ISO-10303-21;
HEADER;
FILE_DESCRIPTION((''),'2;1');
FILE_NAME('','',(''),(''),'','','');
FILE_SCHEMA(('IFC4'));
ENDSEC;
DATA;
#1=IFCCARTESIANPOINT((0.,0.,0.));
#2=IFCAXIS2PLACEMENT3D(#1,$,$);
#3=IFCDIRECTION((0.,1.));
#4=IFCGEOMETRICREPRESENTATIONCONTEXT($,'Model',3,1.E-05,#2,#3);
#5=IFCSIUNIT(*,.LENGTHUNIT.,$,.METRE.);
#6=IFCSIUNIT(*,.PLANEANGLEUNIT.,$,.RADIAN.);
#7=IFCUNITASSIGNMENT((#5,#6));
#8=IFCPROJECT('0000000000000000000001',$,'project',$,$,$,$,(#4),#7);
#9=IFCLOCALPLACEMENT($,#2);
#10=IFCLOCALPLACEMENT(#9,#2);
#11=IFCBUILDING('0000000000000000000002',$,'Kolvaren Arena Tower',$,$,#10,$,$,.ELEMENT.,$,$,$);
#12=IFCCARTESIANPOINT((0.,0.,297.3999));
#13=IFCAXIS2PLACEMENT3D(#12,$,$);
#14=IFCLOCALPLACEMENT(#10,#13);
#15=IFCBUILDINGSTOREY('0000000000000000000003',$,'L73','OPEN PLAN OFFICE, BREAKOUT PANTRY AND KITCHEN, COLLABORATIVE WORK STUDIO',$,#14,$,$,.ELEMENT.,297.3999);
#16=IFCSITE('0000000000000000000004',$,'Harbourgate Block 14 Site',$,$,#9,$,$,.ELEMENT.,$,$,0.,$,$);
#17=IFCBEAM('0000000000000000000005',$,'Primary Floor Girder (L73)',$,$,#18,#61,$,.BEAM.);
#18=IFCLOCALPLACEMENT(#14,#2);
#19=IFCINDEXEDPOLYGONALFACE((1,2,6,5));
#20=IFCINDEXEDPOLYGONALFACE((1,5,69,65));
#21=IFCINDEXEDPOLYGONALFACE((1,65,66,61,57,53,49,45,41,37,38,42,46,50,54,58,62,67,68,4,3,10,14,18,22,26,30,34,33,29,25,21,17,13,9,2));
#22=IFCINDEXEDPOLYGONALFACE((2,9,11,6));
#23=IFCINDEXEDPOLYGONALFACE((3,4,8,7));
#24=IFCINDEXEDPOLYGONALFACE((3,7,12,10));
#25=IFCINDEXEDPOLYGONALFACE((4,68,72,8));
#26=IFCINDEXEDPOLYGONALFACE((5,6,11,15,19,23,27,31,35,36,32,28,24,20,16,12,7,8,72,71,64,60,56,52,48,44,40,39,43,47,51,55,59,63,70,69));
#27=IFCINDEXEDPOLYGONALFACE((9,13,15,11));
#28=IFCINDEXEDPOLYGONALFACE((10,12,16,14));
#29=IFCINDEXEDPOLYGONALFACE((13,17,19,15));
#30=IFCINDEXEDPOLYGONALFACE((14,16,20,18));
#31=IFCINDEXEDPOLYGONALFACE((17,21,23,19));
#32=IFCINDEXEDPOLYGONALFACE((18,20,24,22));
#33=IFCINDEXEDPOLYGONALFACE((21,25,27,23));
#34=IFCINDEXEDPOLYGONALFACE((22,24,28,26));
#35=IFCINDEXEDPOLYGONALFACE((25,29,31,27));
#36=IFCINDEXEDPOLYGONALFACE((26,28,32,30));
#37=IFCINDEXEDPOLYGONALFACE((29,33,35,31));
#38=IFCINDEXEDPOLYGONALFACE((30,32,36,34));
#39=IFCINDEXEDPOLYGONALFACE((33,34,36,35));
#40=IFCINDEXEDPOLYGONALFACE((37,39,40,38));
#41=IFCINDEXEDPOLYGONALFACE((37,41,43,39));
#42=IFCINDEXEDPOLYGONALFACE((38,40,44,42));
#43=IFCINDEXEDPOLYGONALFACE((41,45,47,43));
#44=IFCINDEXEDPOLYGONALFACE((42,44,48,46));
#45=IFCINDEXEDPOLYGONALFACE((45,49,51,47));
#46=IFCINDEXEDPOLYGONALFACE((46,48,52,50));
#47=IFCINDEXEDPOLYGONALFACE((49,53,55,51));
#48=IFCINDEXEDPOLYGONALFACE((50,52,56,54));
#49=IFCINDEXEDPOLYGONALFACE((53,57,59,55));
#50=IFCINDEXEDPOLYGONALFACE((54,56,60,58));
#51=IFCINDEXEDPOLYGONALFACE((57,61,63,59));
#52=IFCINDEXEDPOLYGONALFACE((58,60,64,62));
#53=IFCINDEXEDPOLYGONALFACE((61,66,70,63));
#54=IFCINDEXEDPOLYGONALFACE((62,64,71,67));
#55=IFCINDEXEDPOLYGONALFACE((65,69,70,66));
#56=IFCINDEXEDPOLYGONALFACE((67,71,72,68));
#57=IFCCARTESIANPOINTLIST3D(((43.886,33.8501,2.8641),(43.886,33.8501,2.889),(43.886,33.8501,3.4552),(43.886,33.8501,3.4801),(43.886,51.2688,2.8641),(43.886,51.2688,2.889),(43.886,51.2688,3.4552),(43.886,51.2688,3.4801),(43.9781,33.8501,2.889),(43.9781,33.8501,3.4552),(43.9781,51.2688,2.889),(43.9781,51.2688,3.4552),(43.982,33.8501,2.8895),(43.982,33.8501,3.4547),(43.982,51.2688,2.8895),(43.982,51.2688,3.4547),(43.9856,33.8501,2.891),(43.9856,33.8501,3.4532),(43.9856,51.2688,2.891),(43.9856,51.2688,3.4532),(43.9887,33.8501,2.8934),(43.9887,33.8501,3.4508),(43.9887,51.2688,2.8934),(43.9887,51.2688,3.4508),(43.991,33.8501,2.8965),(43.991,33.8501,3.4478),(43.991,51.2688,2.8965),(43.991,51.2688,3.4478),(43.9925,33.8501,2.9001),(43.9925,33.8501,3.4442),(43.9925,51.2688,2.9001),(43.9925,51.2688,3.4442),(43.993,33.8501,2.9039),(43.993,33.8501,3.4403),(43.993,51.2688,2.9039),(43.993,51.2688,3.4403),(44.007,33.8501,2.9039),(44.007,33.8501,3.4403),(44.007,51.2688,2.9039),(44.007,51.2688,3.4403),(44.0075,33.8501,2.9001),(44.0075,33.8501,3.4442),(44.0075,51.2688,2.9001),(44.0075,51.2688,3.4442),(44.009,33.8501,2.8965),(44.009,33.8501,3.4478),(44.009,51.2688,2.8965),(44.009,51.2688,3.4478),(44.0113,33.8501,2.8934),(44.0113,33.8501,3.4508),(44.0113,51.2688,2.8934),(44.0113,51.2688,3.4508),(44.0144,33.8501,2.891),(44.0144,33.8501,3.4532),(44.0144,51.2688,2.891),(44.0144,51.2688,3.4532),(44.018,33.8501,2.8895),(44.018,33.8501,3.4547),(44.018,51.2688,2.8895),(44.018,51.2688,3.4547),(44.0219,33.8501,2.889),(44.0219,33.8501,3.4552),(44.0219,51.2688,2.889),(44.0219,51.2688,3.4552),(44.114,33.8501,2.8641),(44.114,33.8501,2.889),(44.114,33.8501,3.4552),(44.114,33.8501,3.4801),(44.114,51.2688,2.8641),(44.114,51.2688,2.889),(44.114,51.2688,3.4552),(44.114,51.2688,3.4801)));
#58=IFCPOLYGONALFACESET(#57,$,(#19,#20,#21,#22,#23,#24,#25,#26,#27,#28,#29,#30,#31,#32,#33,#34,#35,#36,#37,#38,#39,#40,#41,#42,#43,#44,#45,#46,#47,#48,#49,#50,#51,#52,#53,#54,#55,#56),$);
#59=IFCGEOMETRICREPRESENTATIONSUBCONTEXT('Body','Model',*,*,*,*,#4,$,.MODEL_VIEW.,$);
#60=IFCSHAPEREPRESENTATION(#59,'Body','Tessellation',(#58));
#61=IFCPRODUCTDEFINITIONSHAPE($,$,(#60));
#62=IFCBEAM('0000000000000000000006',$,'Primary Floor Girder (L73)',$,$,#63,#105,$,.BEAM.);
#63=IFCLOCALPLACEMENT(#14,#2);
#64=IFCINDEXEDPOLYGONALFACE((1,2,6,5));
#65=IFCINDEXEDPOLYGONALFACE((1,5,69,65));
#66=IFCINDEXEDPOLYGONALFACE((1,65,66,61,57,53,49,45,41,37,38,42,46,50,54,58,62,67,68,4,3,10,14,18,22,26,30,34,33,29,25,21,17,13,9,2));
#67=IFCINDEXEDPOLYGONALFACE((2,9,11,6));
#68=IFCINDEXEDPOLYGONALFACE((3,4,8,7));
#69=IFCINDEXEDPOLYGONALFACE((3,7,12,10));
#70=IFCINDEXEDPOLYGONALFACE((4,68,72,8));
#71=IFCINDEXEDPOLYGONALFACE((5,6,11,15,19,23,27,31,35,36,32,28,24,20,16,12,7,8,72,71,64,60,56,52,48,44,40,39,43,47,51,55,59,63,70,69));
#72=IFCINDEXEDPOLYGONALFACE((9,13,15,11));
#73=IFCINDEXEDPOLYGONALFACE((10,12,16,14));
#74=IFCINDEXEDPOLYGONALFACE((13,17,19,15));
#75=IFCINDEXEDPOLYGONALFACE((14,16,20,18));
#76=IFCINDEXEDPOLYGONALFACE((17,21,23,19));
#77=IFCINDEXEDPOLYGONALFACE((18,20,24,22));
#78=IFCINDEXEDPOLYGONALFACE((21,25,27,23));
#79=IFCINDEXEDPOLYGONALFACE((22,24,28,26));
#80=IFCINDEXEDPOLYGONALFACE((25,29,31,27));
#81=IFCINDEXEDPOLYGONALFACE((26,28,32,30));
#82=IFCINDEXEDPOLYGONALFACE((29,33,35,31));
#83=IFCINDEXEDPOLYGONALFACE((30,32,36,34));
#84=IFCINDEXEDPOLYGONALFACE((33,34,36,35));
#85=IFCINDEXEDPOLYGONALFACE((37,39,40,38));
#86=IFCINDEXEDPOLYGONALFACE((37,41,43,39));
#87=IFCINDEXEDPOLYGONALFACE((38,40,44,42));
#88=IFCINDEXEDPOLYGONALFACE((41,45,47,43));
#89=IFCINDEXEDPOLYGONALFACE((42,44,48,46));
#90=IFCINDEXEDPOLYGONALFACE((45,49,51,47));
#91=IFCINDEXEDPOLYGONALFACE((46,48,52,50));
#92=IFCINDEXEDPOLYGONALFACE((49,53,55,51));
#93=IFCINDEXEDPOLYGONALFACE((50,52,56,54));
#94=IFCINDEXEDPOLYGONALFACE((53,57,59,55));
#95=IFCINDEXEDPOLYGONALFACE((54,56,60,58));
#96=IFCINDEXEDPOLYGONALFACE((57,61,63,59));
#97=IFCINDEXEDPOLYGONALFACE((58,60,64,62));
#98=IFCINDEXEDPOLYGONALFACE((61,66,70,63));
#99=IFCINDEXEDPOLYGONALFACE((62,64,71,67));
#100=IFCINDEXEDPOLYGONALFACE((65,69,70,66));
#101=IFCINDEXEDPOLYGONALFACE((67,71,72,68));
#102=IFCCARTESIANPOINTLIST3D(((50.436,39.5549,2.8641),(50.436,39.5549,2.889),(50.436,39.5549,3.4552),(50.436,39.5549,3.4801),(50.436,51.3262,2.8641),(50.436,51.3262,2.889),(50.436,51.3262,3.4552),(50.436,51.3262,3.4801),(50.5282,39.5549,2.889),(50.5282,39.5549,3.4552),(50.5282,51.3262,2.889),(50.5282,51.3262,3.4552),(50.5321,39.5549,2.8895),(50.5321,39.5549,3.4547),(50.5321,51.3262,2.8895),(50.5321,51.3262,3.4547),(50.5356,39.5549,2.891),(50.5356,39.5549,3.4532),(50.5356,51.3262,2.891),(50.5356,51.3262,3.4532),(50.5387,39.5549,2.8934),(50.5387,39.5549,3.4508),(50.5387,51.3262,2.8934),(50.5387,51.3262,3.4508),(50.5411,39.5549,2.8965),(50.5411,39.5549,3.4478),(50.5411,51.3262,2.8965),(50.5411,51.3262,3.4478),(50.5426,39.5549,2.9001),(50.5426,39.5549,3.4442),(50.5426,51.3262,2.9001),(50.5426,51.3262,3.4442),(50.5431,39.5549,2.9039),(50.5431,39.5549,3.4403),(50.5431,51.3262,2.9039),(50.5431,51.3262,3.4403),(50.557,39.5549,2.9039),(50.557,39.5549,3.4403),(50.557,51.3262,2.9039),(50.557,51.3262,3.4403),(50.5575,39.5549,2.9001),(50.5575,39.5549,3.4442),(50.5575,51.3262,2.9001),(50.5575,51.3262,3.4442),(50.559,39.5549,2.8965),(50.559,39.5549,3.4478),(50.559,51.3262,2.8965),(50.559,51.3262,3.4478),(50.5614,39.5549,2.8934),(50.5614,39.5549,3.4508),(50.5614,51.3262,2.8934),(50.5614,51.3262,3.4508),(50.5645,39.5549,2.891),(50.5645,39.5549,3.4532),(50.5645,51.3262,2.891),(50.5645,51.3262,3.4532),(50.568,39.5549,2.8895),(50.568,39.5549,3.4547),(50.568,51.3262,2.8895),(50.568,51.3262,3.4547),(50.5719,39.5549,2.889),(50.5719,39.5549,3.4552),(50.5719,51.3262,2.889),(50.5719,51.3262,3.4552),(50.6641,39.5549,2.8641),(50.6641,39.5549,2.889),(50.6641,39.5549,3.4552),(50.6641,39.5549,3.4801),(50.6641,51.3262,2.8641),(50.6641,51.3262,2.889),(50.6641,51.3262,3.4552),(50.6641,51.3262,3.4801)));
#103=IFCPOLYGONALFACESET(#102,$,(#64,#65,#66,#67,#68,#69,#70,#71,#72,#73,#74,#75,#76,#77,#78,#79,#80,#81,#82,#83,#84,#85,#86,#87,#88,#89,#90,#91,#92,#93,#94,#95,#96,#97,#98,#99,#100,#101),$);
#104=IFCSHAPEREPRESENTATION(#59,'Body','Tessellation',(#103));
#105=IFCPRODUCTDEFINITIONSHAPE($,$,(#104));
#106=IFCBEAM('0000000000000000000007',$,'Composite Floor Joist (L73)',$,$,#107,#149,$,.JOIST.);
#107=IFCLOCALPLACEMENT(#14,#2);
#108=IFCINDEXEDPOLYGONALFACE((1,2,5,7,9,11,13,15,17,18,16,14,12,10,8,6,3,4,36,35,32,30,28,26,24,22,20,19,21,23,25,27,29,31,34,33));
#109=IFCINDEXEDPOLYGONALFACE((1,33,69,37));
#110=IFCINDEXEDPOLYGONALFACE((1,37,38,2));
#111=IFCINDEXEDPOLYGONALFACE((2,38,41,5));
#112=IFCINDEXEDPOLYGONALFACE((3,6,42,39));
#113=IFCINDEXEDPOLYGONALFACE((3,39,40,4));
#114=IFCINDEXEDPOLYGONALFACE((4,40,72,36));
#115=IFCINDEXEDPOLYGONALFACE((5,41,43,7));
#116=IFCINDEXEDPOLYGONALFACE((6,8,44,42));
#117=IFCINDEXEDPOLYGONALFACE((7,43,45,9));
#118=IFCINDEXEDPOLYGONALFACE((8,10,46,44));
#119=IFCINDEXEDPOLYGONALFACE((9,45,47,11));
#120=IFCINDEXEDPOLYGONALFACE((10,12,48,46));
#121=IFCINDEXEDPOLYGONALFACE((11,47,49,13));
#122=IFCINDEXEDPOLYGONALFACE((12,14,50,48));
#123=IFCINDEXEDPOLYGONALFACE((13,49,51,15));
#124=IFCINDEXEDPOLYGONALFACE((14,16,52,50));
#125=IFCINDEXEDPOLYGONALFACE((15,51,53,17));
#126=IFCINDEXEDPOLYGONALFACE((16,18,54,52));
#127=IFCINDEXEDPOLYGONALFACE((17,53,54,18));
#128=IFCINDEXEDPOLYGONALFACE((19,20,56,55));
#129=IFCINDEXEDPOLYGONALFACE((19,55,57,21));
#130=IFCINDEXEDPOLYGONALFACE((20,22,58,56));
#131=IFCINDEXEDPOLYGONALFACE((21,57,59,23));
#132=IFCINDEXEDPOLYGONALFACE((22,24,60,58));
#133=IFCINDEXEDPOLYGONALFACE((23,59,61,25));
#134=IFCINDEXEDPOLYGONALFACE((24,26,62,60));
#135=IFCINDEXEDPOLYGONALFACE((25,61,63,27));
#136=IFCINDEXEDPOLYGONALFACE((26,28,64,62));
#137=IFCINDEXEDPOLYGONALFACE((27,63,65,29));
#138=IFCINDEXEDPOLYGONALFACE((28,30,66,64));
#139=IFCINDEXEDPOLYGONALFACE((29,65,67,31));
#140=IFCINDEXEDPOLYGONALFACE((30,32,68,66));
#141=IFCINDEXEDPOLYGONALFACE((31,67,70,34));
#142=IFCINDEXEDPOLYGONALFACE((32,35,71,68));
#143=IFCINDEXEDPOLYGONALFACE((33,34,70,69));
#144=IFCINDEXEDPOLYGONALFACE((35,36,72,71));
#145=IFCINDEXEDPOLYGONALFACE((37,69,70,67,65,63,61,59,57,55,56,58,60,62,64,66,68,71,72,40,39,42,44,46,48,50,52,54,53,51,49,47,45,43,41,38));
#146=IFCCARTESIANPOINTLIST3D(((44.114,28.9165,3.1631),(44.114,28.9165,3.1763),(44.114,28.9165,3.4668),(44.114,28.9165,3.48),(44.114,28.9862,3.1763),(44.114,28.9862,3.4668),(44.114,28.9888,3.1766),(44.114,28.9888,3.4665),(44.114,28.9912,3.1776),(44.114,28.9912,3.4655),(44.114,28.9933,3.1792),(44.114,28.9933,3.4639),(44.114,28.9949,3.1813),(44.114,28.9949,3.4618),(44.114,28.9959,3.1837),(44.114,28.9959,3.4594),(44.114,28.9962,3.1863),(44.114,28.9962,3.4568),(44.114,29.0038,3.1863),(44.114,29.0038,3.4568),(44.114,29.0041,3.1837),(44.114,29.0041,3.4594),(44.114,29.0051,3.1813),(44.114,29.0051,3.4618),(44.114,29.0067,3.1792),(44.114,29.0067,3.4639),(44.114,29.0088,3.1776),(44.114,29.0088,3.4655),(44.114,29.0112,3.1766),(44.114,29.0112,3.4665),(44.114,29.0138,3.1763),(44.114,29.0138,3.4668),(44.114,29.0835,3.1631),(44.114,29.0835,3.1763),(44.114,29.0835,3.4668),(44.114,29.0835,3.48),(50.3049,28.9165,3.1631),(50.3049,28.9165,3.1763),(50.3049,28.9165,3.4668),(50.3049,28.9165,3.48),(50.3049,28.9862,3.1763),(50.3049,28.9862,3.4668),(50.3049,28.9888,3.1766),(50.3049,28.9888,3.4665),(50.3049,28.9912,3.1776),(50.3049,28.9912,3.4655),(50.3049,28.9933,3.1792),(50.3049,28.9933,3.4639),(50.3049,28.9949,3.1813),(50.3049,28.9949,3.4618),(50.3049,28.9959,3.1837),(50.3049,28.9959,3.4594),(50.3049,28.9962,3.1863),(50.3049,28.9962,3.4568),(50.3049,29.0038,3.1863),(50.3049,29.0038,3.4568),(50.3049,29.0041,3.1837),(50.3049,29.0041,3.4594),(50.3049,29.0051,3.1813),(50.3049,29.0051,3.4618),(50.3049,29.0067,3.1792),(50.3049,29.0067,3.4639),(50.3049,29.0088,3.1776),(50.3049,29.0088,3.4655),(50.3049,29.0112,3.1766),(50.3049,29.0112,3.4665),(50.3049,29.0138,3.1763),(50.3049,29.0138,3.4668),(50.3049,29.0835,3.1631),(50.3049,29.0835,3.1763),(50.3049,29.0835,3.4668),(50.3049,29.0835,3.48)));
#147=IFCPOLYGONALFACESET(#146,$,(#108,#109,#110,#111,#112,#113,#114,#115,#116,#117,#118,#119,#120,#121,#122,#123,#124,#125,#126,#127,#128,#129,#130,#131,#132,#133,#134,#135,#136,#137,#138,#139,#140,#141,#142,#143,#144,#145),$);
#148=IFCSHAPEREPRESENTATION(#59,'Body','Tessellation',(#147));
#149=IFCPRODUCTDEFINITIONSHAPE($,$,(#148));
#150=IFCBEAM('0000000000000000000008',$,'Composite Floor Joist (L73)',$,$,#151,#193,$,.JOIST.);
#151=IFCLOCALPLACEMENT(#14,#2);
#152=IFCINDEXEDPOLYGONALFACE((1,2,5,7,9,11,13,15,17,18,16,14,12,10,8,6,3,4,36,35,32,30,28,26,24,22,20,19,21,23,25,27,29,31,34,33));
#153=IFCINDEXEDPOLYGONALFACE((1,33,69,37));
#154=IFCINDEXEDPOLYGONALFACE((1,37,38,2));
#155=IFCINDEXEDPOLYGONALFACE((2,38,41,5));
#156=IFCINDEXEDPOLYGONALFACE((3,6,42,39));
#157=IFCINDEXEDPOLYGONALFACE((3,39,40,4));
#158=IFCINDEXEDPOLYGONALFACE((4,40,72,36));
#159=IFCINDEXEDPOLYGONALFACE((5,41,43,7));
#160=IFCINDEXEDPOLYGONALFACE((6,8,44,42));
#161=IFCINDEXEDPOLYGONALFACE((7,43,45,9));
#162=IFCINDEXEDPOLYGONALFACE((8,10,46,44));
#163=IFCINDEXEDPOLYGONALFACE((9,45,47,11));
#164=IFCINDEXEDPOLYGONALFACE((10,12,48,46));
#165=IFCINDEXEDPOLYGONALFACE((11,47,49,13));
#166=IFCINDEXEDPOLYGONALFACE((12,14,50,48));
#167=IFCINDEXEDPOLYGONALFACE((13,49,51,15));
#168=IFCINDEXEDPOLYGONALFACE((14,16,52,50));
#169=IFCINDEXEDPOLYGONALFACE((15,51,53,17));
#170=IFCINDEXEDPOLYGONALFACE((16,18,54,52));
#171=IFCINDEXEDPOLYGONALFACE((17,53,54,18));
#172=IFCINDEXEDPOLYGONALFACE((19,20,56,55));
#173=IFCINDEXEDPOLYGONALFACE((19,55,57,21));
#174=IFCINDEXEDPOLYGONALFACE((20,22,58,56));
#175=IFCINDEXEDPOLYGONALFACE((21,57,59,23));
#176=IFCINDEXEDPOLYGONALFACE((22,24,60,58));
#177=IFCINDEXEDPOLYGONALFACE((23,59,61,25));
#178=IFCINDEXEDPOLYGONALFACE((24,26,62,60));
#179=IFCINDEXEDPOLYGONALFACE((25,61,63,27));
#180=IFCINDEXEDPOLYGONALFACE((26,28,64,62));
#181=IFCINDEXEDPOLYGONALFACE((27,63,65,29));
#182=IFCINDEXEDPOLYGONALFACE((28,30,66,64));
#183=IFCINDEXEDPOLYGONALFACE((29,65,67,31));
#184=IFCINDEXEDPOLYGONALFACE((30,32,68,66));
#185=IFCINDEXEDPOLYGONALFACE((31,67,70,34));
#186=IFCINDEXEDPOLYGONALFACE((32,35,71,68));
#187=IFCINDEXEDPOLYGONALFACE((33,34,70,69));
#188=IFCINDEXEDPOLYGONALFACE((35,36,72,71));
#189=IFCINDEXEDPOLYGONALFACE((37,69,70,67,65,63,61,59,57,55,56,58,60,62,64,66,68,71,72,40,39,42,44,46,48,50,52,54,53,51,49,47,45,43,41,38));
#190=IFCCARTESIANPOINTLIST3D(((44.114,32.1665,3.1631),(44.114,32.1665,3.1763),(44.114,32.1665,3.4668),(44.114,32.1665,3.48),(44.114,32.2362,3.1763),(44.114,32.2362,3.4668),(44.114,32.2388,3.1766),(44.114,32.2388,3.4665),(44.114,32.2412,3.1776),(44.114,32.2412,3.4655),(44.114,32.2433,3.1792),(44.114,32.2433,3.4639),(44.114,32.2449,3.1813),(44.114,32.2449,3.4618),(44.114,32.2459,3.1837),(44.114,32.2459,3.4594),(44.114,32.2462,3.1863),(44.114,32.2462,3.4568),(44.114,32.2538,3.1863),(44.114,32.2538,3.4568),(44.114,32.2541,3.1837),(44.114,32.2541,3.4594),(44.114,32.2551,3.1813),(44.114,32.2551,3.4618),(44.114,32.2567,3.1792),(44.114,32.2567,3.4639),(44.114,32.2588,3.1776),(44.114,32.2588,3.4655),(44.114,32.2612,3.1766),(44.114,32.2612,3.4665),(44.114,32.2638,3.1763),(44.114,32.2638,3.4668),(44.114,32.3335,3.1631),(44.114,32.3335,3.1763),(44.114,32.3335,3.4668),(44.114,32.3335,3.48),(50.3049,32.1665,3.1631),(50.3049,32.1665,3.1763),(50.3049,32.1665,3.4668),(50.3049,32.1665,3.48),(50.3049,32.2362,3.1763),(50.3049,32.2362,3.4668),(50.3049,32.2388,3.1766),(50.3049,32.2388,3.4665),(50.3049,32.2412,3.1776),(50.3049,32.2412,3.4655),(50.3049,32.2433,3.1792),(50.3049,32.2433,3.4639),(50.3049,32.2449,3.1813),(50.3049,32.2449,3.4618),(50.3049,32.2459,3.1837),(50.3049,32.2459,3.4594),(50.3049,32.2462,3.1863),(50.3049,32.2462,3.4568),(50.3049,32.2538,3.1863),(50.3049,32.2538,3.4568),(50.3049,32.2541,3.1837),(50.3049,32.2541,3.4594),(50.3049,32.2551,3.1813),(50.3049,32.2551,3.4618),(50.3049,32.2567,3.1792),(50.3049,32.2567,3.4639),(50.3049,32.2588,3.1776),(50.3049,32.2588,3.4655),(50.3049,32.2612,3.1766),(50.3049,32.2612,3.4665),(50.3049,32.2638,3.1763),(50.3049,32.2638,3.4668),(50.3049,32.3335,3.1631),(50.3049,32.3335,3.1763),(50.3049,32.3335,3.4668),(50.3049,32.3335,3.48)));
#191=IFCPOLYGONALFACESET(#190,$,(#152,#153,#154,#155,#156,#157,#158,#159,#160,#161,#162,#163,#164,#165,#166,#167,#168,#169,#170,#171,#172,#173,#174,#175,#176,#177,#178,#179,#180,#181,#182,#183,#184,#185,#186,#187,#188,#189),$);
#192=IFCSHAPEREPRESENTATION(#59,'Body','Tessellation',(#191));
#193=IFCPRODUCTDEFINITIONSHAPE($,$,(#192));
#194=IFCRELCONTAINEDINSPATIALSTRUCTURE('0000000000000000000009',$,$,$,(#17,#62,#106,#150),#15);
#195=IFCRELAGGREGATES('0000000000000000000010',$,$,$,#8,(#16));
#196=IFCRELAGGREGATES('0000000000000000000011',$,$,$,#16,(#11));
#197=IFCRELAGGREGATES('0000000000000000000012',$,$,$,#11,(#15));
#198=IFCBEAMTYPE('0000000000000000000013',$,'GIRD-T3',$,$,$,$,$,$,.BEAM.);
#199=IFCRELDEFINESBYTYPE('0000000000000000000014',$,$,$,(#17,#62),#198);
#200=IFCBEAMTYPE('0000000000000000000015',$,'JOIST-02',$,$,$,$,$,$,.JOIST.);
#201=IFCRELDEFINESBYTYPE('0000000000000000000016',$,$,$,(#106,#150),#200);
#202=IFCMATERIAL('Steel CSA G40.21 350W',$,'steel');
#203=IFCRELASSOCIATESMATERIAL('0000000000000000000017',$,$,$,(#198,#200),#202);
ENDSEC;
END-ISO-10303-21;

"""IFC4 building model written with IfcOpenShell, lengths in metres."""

from ifc_helpers import new_model, si_unit, direction, frame, origin, origin_2d, place, context, subcontext, project, spatial, i_section, extrude, material, material_profile, profile_set, type_object, element, save


model = new_model("IFC4")

# Units and contexts
model_context = context("Model", 3, precision=1e-05, world=origin(), true_north=direction((0.0, 1.0)))
body_context = subcontext(model_context, "Body", "Model", "MODEL_VIEW")
ifc_project = project(units=[si_unit("LENGTHUNIT", "METRE"), si_unit("PLANEANGLEUNIT", "RADIAN")], contexts=[model_context])

# Site, building, storey
site_placement = place(None, origin())
site = spatial("IfcSite", under=ifc_project, at=site_placement, Name="Harbourgate Block 14 Site", CompositionType="ELEMENT", RefElevation=0.0)
building_placement = place(site_placement, origin())
building = spatial("IfcBuilding", under=site, at=building_placement, Name="Kolvaren Arena Tower", CompositionType="ELEMENT")
storey_placement = place(building_placement, frame((0.0, 0.0, 297.3999)))
storey = spatial("IfcBuildingStorey", under=building, at=storey_placement, Name="L73", Description="OPEN PLAN OFFICE, BREAKOUT PANTRY AND KITCHEN, COLLABORATIVE WORK STUDIO", CompositionType="ELEMENT", Elevation=297.3999)

# Beams
ifc_material_1 = material(Name="Steel CSA G40.21 350W", Category="steel")
ifc_material_profile_1 = material_profile(ifc_material_1, i_section(OverallWidth=0.228, OverallDepth=0.616, WebThickness=0.0139, FlangeThickness=0.0249, FilletRadius=0.0149, at=origin_2d()), Name="W610x174")
ifc_profile_set_1 = profile_set([ifc_material_profile_1], Name="Steel CSA G40.21 350W")
beam_type_1 = type_object("IfcBeamType", Name="GIRD-T3", PredefinedType="BEAM", material=ifc_profile_set_1)
beam_1_placement = place(storey_placement, frame((44.0, 33.8501, 3.1721), z_axis=(0.0, 1.0, 0.0), x_axis=(-1.0, 0.0, 0.0)))
element("IfcBeam", 1, at=beam_1_placement, inside=storey, type_object=beam_type_1, Name="Primary Floor Girder (L73)", PredefinedType="BEAM", context=body_context, shape_type="SweptSolid", body=[
    extrude(i_section(OverallWidth=0.228, OverallDepth=0.616, WebThickness=0.0139, FlangeThickness=0.0249, FilletRadius=0.0149, at=origin_2d()), origin(), (0.0, 0.0, 1.0), 17.4187),
])
beam_2_placement = place(storey_placement, frame((50.55, 39.5549, 3.1721), z_axis=(0.0, 1.0, 0.0), x_axis=(-1.0, 0.0, 0.0)))
element("IfcBeam", 2, at=beam_2_placement, inside=storey, type_object=beam_type_1, Name="Primary Floor Girder (L73)", PredefinedType="BEAM", context=body_context, shape_type="SweptSolid", body=[
    extrude(i_section(OverallWidth=0.228, OverallDepth=0.616, WebThickness=0.0139, FlangeThickness=0.0249, FilletRadius=0.0149, at=origin_2d()), origin(), (0.0, 0.0, 1.0), 11.7712),
])
ifc_material_profile_2 = material_profile(ifc_material_1, i_section(OverallWidth=0.167, OverallDepth=0.3169, WebThickness=0.0076, FlangeThickness=0.0132, FilletRadius=0.01, at=origin_2d()), Name="W310x52")
ifc_profile_set_2 = profile_set([ifc_material_profile_2], Name="Steel CSA G40.21 350W")
beam_type_2 = type_object("IfcBeamType", Name="JOIST-02", PredefinedType="JOIST", material=ifc_profile_set_2)
for number, where, z_axis, x_axis, name in (
    (3, (44.114, 29.0, 3.3215), (1.0, 0.0, 0.0), (0.0, 1.0, 0.0), "Composite Floor Joist (L73)"),
    (4, (44.114, 32.25, 3.3215), (1.0, 0.0, 0.0), (0.0, 1.0, 0.0), "Composite Floor Joist (L73)"),
):
    element("IfcBeam", number, at=place(storey_placement, frame(where, z_axis=z_axis, x_axis=x_axis)), inside=storey, type_object=beam_type_2, Name=name, PredefinedType="JOIST", context=body_context, shape_type="SweptSolid", body=[
        extrude(i_section(OverallWidth=0.167, OverallDepth=0.3169, WebThickness=0.0076, FlangeThickness=0.0132, FilletRadius=0.01, at=origin_2d()), origin(), (0.0, 0.0, 1.0), 6.1909),
    ])

save(model, "model.ifc")
